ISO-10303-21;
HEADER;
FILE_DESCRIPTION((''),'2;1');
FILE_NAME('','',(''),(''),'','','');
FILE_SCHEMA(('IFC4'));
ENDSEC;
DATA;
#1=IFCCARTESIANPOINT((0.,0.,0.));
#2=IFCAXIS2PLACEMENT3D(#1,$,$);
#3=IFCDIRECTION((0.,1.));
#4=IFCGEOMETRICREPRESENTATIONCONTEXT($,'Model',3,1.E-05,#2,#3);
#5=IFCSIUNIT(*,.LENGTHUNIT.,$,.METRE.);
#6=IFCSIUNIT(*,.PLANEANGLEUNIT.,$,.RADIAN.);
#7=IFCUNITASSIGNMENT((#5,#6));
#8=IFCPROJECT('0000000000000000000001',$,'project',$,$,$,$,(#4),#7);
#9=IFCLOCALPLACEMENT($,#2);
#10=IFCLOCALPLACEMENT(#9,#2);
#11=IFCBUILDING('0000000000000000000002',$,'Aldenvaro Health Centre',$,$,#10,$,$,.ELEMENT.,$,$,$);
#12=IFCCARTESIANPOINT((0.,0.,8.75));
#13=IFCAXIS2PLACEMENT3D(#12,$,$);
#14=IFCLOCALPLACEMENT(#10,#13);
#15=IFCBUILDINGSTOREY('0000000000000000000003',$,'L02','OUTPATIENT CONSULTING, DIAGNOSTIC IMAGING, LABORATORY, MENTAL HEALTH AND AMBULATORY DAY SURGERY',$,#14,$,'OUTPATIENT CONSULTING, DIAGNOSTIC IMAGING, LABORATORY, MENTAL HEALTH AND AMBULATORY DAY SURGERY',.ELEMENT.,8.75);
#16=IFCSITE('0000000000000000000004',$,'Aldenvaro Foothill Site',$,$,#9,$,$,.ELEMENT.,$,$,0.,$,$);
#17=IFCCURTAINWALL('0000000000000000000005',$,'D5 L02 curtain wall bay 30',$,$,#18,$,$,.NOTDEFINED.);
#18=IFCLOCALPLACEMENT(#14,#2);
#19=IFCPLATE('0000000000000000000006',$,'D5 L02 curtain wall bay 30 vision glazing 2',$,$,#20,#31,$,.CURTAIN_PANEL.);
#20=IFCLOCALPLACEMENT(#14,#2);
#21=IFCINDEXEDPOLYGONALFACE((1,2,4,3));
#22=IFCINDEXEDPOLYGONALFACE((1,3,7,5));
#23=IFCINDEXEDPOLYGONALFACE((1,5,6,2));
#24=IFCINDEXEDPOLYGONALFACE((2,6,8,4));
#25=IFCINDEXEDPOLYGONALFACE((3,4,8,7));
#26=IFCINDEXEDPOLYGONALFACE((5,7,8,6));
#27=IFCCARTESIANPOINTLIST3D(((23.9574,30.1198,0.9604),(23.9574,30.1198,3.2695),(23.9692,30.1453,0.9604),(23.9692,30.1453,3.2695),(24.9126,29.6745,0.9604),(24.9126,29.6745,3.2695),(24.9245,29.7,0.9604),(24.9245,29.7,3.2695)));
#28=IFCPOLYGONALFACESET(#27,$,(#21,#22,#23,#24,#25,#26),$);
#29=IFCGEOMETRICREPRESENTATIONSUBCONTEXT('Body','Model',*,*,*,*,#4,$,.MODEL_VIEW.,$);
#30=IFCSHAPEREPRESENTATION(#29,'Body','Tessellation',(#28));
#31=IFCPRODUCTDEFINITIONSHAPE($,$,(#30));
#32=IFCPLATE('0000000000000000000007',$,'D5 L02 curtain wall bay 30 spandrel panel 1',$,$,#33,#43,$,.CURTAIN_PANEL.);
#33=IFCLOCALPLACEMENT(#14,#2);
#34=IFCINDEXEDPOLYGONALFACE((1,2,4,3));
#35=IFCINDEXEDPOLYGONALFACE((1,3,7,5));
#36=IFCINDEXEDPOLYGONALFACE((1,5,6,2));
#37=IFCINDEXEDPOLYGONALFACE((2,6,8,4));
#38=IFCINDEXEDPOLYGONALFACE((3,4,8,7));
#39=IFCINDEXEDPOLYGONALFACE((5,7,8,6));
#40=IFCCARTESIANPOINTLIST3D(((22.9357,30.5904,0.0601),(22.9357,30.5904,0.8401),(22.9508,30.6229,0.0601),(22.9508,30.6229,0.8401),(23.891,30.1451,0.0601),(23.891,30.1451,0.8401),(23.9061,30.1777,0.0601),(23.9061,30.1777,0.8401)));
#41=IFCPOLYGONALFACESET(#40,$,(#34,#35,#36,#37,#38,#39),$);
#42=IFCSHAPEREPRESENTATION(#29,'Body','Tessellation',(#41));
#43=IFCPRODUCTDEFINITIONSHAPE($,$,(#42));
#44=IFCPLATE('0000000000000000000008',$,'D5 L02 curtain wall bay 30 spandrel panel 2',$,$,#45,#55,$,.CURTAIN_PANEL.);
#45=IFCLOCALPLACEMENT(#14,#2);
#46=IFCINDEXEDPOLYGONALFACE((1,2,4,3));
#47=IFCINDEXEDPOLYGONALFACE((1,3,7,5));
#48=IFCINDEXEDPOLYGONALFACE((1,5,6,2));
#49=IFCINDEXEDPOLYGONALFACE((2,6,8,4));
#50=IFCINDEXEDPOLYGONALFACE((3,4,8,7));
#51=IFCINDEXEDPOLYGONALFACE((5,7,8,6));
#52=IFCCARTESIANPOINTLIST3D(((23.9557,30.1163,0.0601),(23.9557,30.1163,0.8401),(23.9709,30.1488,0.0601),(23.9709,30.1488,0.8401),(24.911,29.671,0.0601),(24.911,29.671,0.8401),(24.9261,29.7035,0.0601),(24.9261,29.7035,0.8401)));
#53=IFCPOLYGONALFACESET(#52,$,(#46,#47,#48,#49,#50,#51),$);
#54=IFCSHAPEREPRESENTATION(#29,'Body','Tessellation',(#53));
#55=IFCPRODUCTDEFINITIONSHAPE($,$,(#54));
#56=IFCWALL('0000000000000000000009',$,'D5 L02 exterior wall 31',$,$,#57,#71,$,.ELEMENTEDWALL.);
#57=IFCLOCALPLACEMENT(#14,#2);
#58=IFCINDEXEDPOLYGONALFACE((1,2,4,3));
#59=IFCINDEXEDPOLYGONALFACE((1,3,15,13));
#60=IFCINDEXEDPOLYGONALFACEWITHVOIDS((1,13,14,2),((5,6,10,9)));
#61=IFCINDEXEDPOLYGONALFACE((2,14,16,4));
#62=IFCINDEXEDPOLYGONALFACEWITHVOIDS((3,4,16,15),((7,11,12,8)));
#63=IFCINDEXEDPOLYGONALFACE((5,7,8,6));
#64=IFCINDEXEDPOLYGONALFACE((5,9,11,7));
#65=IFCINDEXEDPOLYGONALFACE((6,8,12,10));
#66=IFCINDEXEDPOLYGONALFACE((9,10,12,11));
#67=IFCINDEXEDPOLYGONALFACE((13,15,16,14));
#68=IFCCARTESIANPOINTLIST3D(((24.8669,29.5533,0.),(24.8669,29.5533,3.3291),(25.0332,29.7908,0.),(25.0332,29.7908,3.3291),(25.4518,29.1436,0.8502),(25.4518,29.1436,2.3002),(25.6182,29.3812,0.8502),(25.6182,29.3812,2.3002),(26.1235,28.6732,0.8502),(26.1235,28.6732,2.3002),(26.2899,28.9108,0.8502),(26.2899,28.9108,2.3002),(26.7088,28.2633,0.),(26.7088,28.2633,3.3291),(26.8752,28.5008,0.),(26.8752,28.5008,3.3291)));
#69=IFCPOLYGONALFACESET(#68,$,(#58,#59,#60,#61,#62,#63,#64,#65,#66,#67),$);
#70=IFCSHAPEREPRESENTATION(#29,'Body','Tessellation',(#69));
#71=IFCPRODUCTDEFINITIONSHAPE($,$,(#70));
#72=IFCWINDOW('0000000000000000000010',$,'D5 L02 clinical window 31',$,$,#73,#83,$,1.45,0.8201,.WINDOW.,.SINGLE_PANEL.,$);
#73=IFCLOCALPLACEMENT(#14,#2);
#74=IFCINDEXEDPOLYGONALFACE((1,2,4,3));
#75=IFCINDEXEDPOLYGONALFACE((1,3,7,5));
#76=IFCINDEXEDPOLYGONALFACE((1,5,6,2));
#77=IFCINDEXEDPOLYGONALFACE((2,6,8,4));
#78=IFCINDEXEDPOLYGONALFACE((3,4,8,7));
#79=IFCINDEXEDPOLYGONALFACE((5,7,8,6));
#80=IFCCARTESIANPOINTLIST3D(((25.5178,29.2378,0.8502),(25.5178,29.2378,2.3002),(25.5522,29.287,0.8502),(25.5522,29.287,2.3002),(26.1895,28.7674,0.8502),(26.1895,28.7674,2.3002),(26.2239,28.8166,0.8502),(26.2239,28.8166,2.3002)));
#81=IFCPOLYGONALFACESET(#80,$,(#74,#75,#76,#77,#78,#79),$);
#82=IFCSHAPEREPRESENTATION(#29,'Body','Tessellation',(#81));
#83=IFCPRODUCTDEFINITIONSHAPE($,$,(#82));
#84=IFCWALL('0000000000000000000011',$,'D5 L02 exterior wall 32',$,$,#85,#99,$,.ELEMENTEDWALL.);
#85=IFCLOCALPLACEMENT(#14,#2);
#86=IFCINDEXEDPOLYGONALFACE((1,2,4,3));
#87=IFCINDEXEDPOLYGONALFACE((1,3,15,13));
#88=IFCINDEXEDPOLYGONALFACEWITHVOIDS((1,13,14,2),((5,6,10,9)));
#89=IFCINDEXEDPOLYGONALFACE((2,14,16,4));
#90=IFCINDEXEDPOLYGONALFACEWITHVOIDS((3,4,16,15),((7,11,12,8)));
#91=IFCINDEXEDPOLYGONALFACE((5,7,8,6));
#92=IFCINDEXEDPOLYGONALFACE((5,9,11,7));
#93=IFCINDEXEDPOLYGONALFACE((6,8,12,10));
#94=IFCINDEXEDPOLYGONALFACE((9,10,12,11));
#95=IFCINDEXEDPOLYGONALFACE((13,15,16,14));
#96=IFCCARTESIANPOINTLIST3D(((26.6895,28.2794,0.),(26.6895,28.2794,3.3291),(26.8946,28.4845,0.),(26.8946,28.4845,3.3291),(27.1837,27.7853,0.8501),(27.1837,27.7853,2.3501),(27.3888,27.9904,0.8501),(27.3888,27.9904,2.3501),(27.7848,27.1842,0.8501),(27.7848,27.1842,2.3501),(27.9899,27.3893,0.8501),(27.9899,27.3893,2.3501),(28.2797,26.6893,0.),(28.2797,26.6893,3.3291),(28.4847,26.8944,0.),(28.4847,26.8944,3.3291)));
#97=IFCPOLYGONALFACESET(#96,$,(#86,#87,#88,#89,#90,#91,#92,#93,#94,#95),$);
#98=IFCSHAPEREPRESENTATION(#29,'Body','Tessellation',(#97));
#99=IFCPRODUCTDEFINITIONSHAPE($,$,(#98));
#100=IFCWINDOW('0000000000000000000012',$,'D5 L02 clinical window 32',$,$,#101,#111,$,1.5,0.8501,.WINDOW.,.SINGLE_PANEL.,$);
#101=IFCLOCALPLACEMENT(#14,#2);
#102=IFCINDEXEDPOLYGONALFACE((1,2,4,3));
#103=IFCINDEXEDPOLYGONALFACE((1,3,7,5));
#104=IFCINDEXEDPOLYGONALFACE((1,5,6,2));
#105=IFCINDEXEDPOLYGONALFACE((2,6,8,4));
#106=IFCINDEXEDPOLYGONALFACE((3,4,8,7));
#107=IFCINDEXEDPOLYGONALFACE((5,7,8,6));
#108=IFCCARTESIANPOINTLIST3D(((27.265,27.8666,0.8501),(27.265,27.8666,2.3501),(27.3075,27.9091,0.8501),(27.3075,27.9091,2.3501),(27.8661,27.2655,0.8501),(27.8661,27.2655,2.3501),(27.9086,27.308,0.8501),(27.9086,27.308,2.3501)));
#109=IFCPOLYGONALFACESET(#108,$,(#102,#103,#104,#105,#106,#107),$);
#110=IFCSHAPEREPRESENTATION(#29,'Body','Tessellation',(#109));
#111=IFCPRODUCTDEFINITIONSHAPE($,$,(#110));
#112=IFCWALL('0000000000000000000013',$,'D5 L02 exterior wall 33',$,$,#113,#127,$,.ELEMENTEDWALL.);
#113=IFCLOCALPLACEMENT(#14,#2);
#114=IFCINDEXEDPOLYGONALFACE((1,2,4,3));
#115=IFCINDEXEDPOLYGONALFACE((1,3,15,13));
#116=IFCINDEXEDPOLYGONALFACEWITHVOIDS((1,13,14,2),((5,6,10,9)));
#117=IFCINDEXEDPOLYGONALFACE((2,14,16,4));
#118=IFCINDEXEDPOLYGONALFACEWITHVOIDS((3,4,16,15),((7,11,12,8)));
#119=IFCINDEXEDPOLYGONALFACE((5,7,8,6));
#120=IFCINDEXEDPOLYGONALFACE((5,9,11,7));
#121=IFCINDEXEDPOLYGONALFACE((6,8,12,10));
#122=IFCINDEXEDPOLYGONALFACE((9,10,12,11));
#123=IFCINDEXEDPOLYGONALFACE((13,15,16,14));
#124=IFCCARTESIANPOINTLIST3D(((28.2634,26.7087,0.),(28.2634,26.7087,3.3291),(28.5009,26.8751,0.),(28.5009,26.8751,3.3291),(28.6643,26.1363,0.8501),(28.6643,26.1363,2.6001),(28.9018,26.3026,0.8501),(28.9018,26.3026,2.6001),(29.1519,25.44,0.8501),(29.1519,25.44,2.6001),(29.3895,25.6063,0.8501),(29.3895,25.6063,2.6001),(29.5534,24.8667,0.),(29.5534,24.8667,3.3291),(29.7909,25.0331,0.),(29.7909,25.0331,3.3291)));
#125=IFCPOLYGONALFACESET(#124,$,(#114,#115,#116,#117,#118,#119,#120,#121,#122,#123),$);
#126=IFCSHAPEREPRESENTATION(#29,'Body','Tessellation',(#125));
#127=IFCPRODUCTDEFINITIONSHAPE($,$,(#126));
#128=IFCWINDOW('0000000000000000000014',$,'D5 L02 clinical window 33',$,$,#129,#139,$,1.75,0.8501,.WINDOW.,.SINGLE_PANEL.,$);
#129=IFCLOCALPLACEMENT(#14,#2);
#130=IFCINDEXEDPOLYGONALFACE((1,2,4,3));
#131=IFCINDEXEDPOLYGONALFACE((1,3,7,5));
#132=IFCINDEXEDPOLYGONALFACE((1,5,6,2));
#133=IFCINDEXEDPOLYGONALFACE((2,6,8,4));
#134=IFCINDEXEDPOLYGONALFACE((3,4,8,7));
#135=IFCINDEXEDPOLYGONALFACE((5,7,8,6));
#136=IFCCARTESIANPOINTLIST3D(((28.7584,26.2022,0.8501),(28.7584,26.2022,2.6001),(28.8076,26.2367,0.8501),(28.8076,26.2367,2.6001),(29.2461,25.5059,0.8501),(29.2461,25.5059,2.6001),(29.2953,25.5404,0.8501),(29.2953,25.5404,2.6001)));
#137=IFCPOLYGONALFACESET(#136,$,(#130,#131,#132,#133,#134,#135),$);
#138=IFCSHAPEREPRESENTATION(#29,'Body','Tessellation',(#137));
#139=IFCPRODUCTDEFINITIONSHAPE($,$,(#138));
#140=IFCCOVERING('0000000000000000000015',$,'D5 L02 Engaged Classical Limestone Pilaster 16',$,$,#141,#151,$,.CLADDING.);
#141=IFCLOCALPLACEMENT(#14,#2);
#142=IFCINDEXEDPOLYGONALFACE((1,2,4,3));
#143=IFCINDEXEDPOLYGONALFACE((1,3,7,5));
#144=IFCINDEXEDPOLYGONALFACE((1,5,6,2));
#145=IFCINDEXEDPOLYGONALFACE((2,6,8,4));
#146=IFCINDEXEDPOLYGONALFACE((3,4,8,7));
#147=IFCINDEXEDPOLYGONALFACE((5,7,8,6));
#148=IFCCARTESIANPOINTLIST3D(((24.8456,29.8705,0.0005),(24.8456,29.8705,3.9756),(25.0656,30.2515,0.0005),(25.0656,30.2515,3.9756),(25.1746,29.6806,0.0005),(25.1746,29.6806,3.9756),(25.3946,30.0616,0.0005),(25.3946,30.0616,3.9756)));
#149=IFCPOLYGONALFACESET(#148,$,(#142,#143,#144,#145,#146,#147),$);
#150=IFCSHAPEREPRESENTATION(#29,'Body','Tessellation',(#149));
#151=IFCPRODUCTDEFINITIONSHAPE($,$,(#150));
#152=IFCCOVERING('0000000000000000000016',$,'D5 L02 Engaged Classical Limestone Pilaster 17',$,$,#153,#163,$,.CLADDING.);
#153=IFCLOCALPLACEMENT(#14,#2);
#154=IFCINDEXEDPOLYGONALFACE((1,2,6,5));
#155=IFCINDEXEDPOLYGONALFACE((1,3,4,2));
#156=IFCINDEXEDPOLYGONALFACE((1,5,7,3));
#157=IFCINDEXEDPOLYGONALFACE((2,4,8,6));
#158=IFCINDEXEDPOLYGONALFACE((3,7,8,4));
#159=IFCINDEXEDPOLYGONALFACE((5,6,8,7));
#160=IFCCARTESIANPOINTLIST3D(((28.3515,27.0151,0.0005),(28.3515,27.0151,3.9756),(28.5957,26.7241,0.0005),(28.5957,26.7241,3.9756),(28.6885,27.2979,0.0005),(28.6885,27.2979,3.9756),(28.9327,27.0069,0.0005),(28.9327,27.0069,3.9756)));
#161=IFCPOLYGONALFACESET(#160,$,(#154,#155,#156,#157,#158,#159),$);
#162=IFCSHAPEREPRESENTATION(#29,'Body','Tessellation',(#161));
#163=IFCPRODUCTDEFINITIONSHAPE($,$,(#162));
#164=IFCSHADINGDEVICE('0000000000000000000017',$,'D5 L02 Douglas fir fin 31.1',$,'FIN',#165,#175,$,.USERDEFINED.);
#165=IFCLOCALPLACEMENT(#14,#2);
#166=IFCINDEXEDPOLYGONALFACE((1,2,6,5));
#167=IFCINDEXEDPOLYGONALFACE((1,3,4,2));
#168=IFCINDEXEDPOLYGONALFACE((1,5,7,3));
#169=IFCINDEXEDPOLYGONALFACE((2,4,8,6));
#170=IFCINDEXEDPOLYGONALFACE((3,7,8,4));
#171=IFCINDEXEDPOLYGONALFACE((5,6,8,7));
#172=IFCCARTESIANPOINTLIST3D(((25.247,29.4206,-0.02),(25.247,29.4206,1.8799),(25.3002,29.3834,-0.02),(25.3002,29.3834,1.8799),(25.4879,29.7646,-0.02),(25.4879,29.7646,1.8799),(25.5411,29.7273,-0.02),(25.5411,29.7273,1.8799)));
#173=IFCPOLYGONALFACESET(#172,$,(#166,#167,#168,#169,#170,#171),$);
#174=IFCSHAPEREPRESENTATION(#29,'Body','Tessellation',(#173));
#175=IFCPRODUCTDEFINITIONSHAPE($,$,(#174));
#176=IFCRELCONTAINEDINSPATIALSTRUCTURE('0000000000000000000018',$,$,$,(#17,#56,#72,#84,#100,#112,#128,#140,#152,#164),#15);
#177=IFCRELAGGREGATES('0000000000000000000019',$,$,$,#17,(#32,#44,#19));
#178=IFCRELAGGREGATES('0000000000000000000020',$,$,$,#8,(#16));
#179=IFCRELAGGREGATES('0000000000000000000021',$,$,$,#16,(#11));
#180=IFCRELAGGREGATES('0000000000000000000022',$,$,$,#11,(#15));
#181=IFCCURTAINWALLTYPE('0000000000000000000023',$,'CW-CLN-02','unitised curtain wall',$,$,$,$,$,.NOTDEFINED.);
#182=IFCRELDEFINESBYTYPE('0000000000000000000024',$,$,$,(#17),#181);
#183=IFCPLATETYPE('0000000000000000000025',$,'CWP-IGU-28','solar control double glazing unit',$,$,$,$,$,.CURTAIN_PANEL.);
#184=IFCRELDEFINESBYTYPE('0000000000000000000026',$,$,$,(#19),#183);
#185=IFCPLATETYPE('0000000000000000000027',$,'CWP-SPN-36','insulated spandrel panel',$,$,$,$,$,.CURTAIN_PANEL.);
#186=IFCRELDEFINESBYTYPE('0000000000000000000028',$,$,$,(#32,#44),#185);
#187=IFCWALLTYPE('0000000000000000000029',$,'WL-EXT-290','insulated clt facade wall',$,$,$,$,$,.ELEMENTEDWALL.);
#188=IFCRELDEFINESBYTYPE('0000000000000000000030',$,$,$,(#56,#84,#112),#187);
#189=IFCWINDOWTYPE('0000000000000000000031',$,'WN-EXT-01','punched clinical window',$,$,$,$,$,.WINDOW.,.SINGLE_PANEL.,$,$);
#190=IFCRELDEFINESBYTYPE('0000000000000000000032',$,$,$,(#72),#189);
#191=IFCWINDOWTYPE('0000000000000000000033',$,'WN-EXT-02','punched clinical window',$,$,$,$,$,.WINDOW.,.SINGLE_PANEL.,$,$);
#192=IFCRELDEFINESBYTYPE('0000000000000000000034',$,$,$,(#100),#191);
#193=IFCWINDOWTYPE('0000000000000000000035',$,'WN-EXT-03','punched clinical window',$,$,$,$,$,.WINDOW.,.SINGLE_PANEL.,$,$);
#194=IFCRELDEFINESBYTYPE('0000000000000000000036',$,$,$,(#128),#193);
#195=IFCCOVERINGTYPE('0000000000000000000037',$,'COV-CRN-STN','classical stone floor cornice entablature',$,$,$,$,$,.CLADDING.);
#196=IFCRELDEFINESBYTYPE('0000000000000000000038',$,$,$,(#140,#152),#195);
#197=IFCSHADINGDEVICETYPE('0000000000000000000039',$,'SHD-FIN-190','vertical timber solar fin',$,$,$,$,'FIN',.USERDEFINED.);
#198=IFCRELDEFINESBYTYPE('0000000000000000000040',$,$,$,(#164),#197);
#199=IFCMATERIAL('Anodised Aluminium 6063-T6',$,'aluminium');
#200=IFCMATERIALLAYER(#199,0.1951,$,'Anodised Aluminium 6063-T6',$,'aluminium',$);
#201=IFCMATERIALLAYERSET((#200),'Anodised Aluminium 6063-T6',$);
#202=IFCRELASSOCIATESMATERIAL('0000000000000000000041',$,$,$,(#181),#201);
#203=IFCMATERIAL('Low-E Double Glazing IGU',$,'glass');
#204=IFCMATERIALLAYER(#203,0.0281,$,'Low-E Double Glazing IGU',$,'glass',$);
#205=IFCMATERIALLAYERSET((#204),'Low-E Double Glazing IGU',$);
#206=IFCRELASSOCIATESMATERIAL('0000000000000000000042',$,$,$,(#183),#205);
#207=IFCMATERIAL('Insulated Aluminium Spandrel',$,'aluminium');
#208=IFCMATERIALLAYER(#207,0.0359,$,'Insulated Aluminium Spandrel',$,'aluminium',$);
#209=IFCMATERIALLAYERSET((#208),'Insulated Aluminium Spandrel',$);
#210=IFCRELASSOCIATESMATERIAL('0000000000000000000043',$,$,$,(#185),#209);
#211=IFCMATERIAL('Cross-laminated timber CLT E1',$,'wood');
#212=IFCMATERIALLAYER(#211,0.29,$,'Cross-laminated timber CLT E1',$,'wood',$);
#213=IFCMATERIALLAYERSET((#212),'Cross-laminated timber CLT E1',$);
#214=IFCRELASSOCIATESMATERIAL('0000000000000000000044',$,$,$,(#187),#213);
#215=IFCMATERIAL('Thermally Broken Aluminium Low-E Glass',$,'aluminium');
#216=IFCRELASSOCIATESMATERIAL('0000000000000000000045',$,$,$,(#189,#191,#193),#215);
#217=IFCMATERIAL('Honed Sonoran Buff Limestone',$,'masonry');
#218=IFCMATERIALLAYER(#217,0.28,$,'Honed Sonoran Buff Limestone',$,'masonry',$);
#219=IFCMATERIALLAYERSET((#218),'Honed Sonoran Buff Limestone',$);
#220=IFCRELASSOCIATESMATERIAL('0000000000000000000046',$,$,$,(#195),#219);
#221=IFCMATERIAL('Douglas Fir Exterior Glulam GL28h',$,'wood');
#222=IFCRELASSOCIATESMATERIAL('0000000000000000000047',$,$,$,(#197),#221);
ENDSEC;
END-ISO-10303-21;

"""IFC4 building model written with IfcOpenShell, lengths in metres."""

from ifc_helpers import new_model, si_unit, direction, frame, frame_2d, origin, origin_2d, place, context, subcontext, project, spatial, rectangle, extrude, material, layer, layer_set, type_object, element, fill, aggregate, save


model = new_model("IFC4")

# Units and contexts
model_context = context("Model", 3, precision=1e-05, world=origin(), true_north=direction((0.0, 1.0)))
body_context = subcontext(model_context, "Body", "Model", "MODEL_VIEW")
ifc_project = project(units=[si_unit("LENGTHUNIT", "METRE"), si_unit("PLANEANGLEUNIT", "RADIAN")], contexts=[model_context])

# Site, building, storey
site_placement = place(None, origin())
site = spatial("IfcSite", under=ifc_project, at=site_placement, Name="Aldenvaro Foothill Site", CompositionType="ELEMENT", RefElevation=0.0)
building_placement = place(site_placement, origin())
building = spatial("IfcBuilding", under=site, at=building_placement, Name="Aldenvaro Health Centre", CompositionType="ELEMENT")
storey_placement = place(building_placement, frame((0.0, 0.0, 8.75)))
storey = spatial("IfcBuildingStorey", under=building, at=storey_placement, Name="L02", Description="OUTPATIENT CONSULTING, DIAGNOSTIC IMAGING, LABORATORY, MENTAL HEALTH AND AMBULATORY DAY SURGERY", LongName="OUTPATIENT CONSULTING, DIAGNOSTIC IMAGING, LABORATORY, MENTAL HEALTH AND AMBULATORY DAY SURGERY", CompositionType="ELEMENT", Elevation=8.75)

# Curtain wall, plates
ifc_material_1 = material(Name="Anodised Aluminium 6063-T6", Category="aluminium")
ifc_layer_1 = layer(ifc_material_1, 0.1951, Name="Anodised Aluminium 6063-T6", Category="aluminium")
ifc_layer_set_1 = layer_set([ifc_layer_1], Name="Anodised Aluminium 6063-T6")
curtain_wall_type = type_object("IfcCurtainWallType", Name="CW-CLN-02", Description="unitised curtain wall", PredefinedType="NOTDEFINED", material=ifc_layer_set_1)
curtain_wall_placement = place(storey_placement, origin())
curtain_wall = element("IfcCurtainWall", 1, at=curtain_wall_placement, inside=storey, type_object=curtain_wall_type, Name="D5 L02 curtain wall bay 30", PredefinedType="NOTDEFINED")
ifc_material_2 = material(Name="Low-E Double Glazing IGU", Category="glass")
ifc_layer_2 = layer(ifc_material_2, 0.0281, Name="Low-E Double Glazing IGU", Category="glass")
ifc_layer_set_2 = layer_set([ifc_layer_2], Name="Low-E Double Glazing IGU")
plate_type_1 = type_object("IfcPlateType", Name="CWP-IGU-28", Description="solar control double glazing unit", PredefinedType="CURTAIN_PANEL", material=ifc_layer_set_2)
plate_1_placement = place(storey_placement, frame((24.4409, 29.9099, 0.9604), z_axis=(0.0, 0.0, 1.0), x_axis=(0.906365, -0.422496, 0.0)))
plate_1 = element("IfcPlate", 2, at=plate_1_placement, type_object=plate_type_1, Name="D5 L02 curtain wall bay 30 vision glazing 2", PredefinedType="CURTAIN_PANEL", context=body_context, shape_type="SweptSolid", body=[
    extrude(rectangle(XDim=1.054, YDim=0.0281, at=origin_2d()), origin(), (0.0, 0.0, 1.0), 2.3091),
])
ifc_material_3 = material(Name="Insulated Aluminium Spandrel", Category="aluminium")
ifc_layer_3 = layer(ifc_material_3, 0.0359, Name="Insulated Aluminium Spandrel", Category="aluminium")
ifc_layer_set_3 = layer_set([ifc_layer_3], Name="Insulated Aluminium Spandrel")
plate_type_2 = type_object("IfcPlateType", Name="CWP-SPN-36", Description="insulated spandrel panel", PredefinedType="CURTAIN_PANEL", material=ifc_layer_set_3)
plate_2_placement = place(storey_placement, frame((23.4209, 30.384, 0.0601), z_axis=(0.0, 0.0, 1.0), x_axis=(0.906365, -0.422496, 0.0)))
plate_2 = element("IfcPlate", 3, at=plate_2_placement, type_object=plate_type_2, Name="D5 L02 curtain wall bay 30 spandrel panel 1", PredefinedType="CURTAIN_PANEL", context=body_context, shape_type="SweptSolid", body=[
    extrude(rectangle(XDim=1.054, YDim=0.0359, at=origin_2d()), origin(), (0.0, 0.0, 1.0), 0.78),
])
plate_3_placement = place(storey_placement, frame((24.4409, 29.9099, 0.0601), z_axis=(0.0, 0.0, 1.0), x_axis=(0.906365, -0.422496, 0.0)))
plate_3 = element("IfcPlate", 4, at=plate_3_placement, type_object=plate_type_2, Name="D5 L02 curtain wall bay 30 spandrel panel 2", PredefinedType="CURTAIN_PANEL", context=body_context, shape_type="SweptSolid", body=[
    extrude(rectangle(XDim=1.054, YDim=0.0359, at=origin_2d()), origin(), (0.0, 0.0, 1.0), 0.78),
])
aggregate(curtain_wall, [plate_2, plate_3, plate_1])

# Walls, openings, windows
ifc_material_4 = material(Name="Cross-laminated timber CLT E1", Category="wood")
ifc_layer_4 = layer(ifc_material_4, 0.29, Name="Cross-laminated timber CLT E1", Category="wood")
ifc_layer_set_4 = layer_set([ifc_layer_4], Name="Cross-laminated timber CLT E1")
wall_type = type_object("IfcWallType", Name="WL-EXT-290", Description="insulated clt facade wall", PredefinedType="ELEMENTEDWALL", material=ifc_layer_set_4)
wall_1_placement = place(storey_placement, frame((24.95, 29.6721, 0.0), z_axis=(0.0, 0.0, 1.0), x_axis=(0.819104, -0.573644, 0.0)))
wall_1 = element("IfcWall", 5, at=wall_1_placement, inside=storey, type_object=wall_type, Name="D5 L02 exterior wall 31", PredefinedType="ELEMENTEDWALL", context=body_context, shape_type="SweptSolid", body=[
    extrude(rectangle(XDim=2.2488, YDim=0.29, at=frame_2d((1.1245, 0.0))), origin(), (0.0, 0.0, 1.0), 3.3291),
])
opening_1_placement = place(wall_1_placement, frame((0.7141, 0.0, 0.8501)))
opening_1 = element("IfcOpeningElement", 6, at=opening_1_placement, cuts=wall_1, PredefinedType="OPENING", context=body_context, shape_type="SweptSolid", body=[
    extrude(rectangle(XDim=0.8201, YDim=1.45, at=frame_2d((0.4102, 0.7251))), frame((0.0, 0.155, 0.0), z_axis=(0.0, -1.0, 0.0), x_axis=(1.0, 0.0, 0.0)), (0.0, 0.0, 1.0), 0.3101),
])
ifc_material_5 = material(Name="Thermally Broken Aluminium Low-E Glass", Category="aluminium")
window_type_1 = type_object("IfcWindowType", Name="WN-EXT-01", Description="punched clinical window", PartitioningType="SINGLE_PANEL", PredefinedType="WINDOW", material=ifc_material_5)
window_1_placement = place(opening_1_placement, origin())
window_1 = element("IfcWindow", 7, at=window_1_placement, inside=storey, type_object=window_type_1, Name="D5 L02 clinical window 31", OverallHeight=1.45, OverallWidth=0.8201, PartitioningType="SINGLE_PANEL", PredefinedType="WINDOW", context=body_context, shape_type="SweptSolid", body=[
    extrude(rectangle(XDim=0.8201, YDim=1.45, at=frame_2d((0.4102, 0.7251))), frame((0.0, 0.03, 0.0), z_axis=(0.0, -1.0, 0.0), x_axis=(1.0, 0.0, 0.0)), (0.0, 0.0, 1.0), 0.0601),
])
fill(opening_1, window_1)
wall_2_placement = place(storey_placement, frame((26.792, 28.3821, 0.0), z_axis=(0.0, 0.0, 1.0), x_axis=(0.707107, -0.707107, 0.0)))
wall_2 = element("IfcWall", 8, at=wall_2_placement, inside=storey, type_object=wall_type, Name="D5 L02 exterior wall 32", PredefinedType="ELEMENTEDWALL", context=body_context, shape_type="SweptSolid", body=[
    extrude(rectangle(XDim=2.2488, YDim=0.29, at=frame_2d((1.1245, 0.0))), origin(), (0.0, 0.0, 1.0), 3.3291),
])
opening_2_placement = place(wall_2_placement, frame((0.699, 0.0, 0.8501)))
opening_2 = element("IfcOpeningElement", 9, at=opening_2_placement, cuts=wall_2, PredefinedType="OPENING", context=body_context, shape_type="SweptSolid", body=[
    extrude(rectangle(XDim=0.8501, YDim=1.5, at=frame_2d((0.425, 0.75))), frame((0.0, 0.155, 0.0), z_axis=(0.0, -1.0, 0.0), x_axis=(1.0, 0.0, 0.0)), (0.0, 0.0, 1.0), 0.3101),
])
window_type_2 = type_object("IfcWindowType", Name="WN-EXT-02", Description="punched clinical window", PartitioningType="SINGLE_PANEL", PredefinedType="WINDOW", material=ifc_material_5)
window_2_placement = place(opening_2_placement, origin())
window_2 = element("IfcWindow", 10, at=window_2_placement, inside=storey, type_object=window_type_2, Name="D5 L02 clinical window 32", OverallHeight=1.5, OverallWidth=0.8501, PartitioningType="SINGLE_PANEL", PredefinedType="WINDOW", context=body_context, shape_type="SweptSolid", body=[
    extrude(rectangle(XDim=0.8501, YDim=1.5, at=frame_2d((0.425, 0.75))), frame((0.0, 0.03, 0.0), z_axis=(0.0, -1.0, 0.0), x_axis=(1.0, 0.0, 0.0)), (0.0, 0.0, 1.0), 0.0601),
])
fill(opening_2, window_2)
wall_3_placement = place(storey_placement, frame((28.3821, 26.792, 0.0), z_axis=(0.0, 0.0, 1.0), x_axis=(0.573644, -0.819104, 0.0)))
wall_3 = element("IfcWall", 11, at=wall_3_placement, inside=storey, type_object=wall_type, Name="D5 L02 exterior wall 33", PredefinedType="ELEMENTEDWALL", context=body_context, shape_type="SweptSolid", body=[
    extrude(rectangle(XDim=2.2488, YDim=0.29, at=frame_2d((1.1245, 0.0))), origin(), (0.0, 0.0, 1.0), 3.3291),
])
opening_3_placement = place(wall_3_placement, frame((0.699, 0.0, 0.8501)))
opening_3 = element("IfcOpeningElement", 12, at=opening_3_placement, cuts=wall_3, PredefinedType="OPENING", context=body_context, shape_type="SweptSolid", body=[
    extrude(rectangle(XDim=0.8501, YDim=1.75, at=frame_2d((0.425, 0.875))), frame((0.0, 0.155, 0.0), z_axis=(0.0, -1.0, 0.0), x_axis=(1.0, 0.0, 0.0)), (0.0, 0.0, 1.0), 0.3101),
])
window_type_3 = type_object("IfcWindowType", Name="WN-EXT-03", Description="punched clinical window", PartitioningType="SINGLE_PANEL", PredefinedType="WINDOW", material=ifc_material_5)
window_3_placement = place(opening_3_placement, origin())
window_3 = element("IfcWindow", 13, at=window_3_placement, inside=storey, type_object=window_type_3, Name="D5 L02 clinical window 33", OverallHeight=1.75, OverallWidth=0.8501, PartitioningType="SINGLE_PANEL", PredefinedType="WINDOW", context=body_context, shape_type="SweptSolid", body=[
    extrude(rectangle(XDim=0.8501, YDim=1.75, at=frame_2d((0.425, 0.875))), frame((0.0, 0.03, 0.0), z_axis=(0.0, -1.0, 0.0), x_axis=(1.0, 0.0, 0.0)), (0.0, 0.0, 1.0), 0.0601),
])
fill(opening_3, window_3)

# Coverings
ifc_material_6 = material(Name="Honed Sonoran Buff Limestone", Category="masonry")
ifc_layer_5 = layer(ifc_material_6, 0.28, Name="Honed Sonoran Buff Limestone", Category="masonry")
ifc_layer_set_5 = layer_set([ifc_layer_5], Name="Honed Sonoran Buff Limestone")
covering_type = type_object("IfcCoveringType", Name="COV-CRN-STN", Description="classical stone floor cornice entablature", PredefinedType="CLADDING", material=ifc_layer_set_5)
for number, where, z_axis, x_axis, name in (
    (14, (25.1201, 29.9661, 0.0005), (0.0, 0.0, 1.0), (0.499991, 0.866031, 0.0), "D5 L02 Engaged Classical Limestone Pilaster 16"),
    (15, (28.6421, 27.011, 0.0005), (0.0, 0.0, 1.0), (0.766044, 0.642788, 0.0), "D5 L02 Engaged Classical Limestone Pilaster 17"),
):
    element("IfcCovering", number, at=place(storey_placement, frame(where, z_axis=z_axis, x_axis=x_axis)), inside=storey, type_object=covering_type, Name=name, PredefinedType="CLADDING", context=body_context, shape_type="SweptSolid", body=[
        extrude(rectangle(XDim=0.4399, YDim=0.3799, at=origin_2d()), origin(), (0.0, 0.0, 1.0), 3.9751),
    ])

# Shading device
ifc_material_7 = material(Name="Douglas Fir Exterior Glulam GL28h", Category="wood")
shading_device_type_1 = type_object("IfcShadingDeviceType", Name="SHD-FIN-190", Description="vertical timber solar fin", ElementType="FIN", PredefinedType="USERDEFINED", material=ifc_material_7)
shading_device_1_placement = place(storey_placement, frame((25.394, 29.574, -0.02), z_axis=(0.0, 0.0, 1.0), x_axis=(0.819107, -0.573641, 0.0)))
element("IfcShadingDevice", 16, at=shading_device_1_placement, inside=storey, type_object=shading_device_type_1, Name="D5 L02 Douglas fir fin 31.1", ObjectType="FIN", PredefinedType="USERDEFINED", context=body_context, shape_type="SweptSolid", body=[
    extrude(rectangle(XDim=0.0649, YDim=0.4199, at=origin_2d()), origin(), (0.0, 0.0, 1.0), 1.8999),
])

save(model, "model.ifc")
